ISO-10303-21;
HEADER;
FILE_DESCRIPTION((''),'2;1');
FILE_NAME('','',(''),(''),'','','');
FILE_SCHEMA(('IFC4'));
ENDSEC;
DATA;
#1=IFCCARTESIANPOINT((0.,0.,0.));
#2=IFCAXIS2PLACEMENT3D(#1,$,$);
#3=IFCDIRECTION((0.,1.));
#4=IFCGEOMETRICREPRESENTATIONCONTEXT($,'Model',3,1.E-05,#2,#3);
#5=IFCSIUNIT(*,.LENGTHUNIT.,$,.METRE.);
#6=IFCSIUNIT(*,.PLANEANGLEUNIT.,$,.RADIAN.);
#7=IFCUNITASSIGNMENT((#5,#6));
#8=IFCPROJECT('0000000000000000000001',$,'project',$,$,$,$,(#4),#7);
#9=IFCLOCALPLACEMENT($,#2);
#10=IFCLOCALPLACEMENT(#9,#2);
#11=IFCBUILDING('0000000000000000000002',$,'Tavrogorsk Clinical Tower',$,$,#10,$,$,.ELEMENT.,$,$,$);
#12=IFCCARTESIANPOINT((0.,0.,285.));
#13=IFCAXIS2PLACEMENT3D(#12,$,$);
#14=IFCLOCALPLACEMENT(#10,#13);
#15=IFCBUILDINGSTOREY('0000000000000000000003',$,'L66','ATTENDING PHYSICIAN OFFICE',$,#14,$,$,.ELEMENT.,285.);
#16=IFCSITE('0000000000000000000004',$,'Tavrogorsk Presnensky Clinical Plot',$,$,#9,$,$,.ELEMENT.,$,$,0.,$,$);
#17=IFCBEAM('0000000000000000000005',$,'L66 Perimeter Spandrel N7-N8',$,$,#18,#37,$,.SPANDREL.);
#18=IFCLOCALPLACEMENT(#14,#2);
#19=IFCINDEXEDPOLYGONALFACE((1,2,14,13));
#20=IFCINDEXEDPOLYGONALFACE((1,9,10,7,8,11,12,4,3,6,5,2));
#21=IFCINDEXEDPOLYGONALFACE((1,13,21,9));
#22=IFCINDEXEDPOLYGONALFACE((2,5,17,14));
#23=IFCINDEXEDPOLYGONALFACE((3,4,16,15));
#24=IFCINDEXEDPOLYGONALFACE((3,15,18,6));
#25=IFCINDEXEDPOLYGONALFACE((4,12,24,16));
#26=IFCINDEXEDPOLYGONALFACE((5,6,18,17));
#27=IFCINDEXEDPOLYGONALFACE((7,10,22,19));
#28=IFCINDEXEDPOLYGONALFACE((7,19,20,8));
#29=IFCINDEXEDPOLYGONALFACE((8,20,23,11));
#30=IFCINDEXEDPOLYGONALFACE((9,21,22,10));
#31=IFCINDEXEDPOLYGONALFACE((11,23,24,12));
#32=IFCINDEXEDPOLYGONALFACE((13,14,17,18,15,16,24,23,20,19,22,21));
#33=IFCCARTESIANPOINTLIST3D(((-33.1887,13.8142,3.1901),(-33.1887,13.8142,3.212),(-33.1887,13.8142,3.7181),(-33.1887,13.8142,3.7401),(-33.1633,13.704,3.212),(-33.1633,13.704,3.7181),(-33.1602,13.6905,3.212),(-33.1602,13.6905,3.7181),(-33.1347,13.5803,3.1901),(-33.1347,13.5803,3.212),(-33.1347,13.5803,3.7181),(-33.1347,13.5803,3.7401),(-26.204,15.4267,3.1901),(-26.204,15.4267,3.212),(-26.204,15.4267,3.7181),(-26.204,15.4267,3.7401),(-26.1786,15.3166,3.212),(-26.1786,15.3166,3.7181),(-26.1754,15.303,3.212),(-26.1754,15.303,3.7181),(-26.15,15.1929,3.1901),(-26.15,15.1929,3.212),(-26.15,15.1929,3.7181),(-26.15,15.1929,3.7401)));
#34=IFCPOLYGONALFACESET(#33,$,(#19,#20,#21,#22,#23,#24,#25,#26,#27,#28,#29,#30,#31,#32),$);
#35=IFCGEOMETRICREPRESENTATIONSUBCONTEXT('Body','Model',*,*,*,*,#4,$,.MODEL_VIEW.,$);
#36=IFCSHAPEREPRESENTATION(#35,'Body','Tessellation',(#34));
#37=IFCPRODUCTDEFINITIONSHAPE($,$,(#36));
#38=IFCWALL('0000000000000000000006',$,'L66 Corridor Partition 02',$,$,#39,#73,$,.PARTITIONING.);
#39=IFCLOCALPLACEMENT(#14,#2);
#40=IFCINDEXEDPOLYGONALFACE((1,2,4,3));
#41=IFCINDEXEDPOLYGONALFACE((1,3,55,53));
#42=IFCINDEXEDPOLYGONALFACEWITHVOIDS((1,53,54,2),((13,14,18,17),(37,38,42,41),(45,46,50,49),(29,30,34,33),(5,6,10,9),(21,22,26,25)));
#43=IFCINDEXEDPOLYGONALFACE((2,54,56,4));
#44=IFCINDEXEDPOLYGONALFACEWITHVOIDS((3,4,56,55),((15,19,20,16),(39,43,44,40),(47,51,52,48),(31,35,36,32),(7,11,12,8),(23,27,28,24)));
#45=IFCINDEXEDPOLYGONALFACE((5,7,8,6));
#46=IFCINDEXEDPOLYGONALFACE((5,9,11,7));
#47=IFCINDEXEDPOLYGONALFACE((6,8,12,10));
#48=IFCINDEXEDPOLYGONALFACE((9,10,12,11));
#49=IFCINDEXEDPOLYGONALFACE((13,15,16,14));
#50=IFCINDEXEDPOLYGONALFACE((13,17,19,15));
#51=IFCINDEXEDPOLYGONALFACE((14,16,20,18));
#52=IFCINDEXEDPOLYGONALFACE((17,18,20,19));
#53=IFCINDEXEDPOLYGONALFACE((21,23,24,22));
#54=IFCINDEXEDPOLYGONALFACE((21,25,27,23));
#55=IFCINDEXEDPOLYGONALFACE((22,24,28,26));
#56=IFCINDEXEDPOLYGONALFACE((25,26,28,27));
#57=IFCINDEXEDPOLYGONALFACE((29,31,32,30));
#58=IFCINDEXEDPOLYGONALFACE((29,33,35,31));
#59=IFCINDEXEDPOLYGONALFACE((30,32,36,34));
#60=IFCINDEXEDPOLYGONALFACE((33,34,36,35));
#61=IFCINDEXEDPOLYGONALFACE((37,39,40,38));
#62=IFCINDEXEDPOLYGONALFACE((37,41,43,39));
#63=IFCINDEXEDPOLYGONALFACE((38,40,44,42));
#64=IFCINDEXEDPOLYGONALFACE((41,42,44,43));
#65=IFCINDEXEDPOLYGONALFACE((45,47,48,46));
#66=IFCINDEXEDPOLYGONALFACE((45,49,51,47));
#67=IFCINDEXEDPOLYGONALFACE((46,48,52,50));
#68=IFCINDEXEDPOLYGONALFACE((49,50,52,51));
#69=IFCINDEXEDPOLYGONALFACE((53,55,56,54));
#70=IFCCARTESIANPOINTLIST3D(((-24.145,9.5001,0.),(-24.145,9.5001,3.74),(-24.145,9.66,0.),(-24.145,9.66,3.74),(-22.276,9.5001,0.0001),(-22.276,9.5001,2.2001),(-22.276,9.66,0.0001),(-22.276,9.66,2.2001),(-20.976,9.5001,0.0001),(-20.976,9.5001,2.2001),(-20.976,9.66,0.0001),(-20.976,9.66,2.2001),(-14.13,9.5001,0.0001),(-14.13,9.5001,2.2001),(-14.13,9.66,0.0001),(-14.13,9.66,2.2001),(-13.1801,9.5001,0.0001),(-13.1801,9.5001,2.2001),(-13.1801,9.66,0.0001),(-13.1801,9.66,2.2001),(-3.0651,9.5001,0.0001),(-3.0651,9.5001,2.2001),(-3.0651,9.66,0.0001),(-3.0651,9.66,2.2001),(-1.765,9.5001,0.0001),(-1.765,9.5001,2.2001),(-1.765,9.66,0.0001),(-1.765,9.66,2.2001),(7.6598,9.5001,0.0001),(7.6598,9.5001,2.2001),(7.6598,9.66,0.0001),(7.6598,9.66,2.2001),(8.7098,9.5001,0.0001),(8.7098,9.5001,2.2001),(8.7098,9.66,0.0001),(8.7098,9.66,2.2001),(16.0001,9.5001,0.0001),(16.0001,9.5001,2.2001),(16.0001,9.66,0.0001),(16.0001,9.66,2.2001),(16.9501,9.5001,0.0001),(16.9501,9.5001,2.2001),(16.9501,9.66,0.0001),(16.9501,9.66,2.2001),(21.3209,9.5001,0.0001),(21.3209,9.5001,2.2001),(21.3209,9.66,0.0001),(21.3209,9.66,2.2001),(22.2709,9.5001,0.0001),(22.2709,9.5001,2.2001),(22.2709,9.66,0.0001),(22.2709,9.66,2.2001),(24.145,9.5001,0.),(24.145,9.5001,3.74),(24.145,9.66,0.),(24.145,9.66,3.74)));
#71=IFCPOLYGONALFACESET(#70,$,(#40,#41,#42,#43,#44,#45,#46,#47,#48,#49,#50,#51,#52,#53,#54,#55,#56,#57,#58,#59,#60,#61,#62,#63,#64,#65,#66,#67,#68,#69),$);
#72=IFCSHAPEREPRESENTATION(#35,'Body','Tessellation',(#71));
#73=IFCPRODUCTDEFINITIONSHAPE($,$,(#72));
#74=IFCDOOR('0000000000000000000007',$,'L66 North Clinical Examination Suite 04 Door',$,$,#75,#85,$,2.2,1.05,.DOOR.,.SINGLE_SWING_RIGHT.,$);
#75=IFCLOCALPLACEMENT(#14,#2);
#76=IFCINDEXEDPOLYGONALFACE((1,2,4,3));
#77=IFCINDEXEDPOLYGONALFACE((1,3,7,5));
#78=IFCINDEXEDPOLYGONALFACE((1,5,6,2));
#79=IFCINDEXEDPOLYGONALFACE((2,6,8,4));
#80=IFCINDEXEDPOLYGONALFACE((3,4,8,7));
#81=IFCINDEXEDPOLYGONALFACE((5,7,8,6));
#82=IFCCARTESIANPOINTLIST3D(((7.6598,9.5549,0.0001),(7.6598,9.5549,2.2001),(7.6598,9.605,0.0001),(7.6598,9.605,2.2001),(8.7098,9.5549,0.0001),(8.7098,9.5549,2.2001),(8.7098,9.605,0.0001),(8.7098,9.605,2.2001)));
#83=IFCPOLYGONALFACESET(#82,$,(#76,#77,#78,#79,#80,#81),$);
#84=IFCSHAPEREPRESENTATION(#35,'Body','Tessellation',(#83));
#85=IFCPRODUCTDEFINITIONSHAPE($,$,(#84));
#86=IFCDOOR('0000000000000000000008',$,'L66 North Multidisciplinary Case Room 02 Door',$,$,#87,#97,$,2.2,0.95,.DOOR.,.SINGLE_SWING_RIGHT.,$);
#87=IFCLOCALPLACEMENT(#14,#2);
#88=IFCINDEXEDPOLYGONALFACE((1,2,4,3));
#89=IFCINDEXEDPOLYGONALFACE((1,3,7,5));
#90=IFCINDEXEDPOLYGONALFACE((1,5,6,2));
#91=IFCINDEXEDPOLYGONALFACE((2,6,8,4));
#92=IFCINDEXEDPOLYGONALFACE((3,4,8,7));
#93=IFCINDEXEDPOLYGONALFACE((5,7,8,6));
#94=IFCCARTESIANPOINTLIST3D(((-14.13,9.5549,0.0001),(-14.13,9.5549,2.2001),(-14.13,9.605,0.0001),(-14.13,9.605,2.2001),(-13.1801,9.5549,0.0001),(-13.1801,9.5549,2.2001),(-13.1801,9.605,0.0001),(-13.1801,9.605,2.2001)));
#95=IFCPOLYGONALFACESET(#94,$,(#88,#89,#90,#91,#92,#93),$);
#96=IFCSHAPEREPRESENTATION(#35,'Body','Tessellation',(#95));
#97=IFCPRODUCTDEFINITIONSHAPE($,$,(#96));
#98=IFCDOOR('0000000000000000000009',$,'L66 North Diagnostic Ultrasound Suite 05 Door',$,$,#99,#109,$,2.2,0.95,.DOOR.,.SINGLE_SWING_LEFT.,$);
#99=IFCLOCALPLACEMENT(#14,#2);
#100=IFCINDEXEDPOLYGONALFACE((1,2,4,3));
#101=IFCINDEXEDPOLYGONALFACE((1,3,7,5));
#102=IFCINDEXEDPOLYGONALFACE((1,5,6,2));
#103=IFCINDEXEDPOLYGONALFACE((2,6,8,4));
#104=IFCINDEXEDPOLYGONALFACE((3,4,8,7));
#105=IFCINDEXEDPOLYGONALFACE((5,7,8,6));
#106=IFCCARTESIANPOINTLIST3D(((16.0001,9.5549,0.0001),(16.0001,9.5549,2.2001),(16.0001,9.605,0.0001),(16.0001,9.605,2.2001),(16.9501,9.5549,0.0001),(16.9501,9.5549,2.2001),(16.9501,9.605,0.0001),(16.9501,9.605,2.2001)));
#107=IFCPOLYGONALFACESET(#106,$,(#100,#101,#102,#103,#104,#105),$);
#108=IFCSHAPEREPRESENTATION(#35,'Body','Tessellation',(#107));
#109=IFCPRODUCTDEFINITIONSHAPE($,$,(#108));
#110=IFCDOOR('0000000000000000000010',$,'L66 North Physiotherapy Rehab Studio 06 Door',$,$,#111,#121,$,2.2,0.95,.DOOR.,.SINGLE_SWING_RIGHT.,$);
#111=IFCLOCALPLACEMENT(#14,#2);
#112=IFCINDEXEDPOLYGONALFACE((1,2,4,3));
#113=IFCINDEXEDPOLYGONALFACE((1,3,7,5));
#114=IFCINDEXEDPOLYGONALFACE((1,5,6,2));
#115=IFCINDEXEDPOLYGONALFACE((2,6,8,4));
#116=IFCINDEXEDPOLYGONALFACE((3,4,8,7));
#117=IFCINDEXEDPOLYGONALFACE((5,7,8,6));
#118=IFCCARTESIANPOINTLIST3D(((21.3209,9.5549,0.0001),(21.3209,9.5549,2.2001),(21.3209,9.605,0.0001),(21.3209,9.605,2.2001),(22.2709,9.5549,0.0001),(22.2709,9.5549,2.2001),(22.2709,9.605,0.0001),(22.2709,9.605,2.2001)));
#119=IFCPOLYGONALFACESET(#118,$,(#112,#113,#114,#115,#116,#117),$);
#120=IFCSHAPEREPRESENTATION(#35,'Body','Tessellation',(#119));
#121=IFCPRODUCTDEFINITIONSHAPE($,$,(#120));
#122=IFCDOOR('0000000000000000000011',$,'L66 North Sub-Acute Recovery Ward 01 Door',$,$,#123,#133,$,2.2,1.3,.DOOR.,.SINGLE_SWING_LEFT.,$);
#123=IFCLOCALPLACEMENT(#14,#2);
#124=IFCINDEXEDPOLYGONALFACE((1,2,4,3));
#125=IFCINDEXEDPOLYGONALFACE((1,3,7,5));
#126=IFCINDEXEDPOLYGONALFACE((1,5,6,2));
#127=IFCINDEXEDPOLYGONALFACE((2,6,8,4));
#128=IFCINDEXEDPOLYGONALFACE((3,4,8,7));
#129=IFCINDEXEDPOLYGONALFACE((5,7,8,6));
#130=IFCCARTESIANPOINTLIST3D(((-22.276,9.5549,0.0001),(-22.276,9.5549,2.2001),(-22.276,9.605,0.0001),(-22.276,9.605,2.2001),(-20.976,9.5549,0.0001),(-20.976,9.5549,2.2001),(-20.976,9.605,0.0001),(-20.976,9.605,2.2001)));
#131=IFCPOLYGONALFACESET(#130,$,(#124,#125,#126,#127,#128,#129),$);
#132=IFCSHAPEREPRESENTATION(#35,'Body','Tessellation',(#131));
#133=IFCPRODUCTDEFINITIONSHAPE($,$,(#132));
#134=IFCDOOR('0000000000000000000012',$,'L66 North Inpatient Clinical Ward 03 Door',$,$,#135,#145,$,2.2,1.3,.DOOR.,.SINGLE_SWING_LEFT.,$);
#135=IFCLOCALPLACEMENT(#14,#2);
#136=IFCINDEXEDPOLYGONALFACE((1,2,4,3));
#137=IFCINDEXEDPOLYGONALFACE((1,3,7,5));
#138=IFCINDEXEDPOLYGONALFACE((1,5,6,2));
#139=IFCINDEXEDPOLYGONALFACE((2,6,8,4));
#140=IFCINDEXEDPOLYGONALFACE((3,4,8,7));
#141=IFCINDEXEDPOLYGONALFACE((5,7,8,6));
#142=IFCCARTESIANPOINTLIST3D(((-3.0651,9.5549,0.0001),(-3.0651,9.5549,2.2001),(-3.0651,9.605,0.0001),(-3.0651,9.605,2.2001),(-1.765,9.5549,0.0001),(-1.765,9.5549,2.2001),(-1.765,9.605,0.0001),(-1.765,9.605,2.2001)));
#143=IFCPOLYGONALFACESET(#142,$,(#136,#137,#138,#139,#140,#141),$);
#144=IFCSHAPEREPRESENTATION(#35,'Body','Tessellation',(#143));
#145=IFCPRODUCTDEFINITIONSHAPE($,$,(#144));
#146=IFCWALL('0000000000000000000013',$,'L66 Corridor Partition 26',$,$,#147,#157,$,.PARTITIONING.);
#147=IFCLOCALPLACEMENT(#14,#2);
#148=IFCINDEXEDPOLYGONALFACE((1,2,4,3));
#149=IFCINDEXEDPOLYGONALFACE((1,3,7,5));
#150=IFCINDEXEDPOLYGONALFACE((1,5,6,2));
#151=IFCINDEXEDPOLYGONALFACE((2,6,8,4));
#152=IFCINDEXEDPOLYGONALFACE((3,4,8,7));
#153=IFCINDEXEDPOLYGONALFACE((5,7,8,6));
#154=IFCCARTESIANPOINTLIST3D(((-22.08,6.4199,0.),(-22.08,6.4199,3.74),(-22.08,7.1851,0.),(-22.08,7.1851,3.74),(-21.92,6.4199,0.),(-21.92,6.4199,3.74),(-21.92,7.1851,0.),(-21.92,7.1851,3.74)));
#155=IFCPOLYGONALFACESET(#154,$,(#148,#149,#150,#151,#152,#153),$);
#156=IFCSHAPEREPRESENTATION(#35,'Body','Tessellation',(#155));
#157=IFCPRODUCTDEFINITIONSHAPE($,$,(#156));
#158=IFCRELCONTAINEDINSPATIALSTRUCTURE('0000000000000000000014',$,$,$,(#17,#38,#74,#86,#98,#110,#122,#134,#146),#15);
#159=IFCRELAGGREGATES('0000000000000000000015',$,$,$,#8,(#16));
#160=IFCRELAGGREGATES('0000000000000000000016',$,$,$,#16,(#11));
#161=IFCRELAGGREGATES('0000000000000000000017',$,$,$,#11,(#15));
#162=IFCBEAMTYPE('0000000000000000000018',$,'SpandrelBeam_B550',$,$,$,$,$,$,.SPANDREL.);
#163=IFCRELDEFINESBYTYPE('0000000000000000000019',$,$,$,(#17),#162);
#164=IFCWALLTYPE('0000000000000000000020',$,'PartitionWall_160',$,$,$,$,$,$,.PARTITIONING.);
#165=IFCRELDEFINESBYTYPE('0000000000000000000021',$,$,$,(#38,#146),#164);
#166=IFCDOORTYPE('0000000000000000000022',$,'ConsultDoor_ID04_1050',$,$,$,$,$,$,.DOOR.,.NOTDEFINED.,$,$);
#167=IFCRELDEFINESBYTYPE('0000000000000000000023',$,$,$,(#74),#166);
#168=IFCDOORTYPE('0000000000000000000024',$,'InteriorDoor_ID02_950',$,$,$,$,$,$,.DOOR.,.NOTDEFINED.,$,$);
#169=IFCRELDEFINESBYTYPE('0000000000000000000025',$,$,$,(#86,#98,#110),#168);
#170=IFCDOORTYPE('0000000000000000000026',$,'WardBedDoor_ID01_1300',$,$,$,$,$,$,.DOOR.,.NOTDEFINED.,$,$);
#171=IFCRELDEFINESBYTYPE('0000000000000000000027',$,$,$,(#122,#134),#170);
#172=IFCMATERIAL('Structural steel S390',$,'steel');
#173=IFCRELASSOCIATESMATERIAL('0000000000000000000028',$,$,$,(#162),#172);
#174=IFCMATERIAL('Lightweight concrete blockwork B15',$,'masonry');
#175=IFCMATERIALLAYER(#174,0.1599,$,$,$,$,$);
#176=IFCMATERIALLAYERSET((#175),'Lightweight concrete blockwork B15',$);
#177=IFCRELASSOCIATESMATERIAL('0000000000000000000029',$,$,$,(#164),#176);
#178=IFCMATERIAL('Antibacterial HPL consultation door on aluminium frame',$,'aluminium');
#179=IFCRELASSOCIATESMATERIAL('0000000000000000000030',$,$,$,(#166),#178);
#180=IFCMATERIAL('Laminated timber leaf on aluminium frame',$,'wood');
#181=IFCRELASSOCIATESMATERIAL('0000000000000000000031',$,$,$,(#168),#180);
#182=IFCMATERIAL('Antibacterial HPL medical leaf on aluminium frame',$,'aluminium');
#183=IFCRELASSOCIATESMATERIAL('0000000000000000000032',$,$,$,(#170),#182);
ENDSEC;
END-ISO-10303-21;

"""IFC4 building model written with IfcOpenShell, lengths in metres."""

from ifc_helpers import new_model, si_unit, direction, frame, frame_2d, origin, origin_2d, place, context, subcontext, project, spatial, rectangle, i_section, extrude, material, layer, layer_set, material_profile, profile_set, type_object, element, fill, save


model = new_model("IFC4")

# Units and contexts
model_context = context("Model", 3, precision=1e-05, world=origin(), true_north=direction((0.0, 1.0)))
body_context = subcontext(model_context, "Body", "Model", "MODEL_VIEW")
ifc_project = project(units=[si_unit("LENGTHUNIT", "METRE"), si_unit("PLANEANGLEUNIT", "RADIAN")], contexts=[model_context])

# Site, building, storey
site_placement = place(None, origin())
site = spatial("IfcSite", under=ifc_project, at=site_placement, Name="Tavrogorsk Presnensky Clinical Plot", CompositionType="ELEMENT", RefElevation=0.0)
building_placement = place(site_placement, origin())
building = spatial("IfcBuilding", under=site, at=building_placement, Name="Tavrogorsk Clinical Tower", CompositionType="ELEMENT")
storey_placement = place(building_placement, frame((0.0, 0.0, 285.0)))
storey = spatial("IfcBuildingStorey", under=building, at=storey_placement, Name="L66", Description="ATTENDING PHYSICIAN OFFICE", CompositionType="ELEMENT", Elevation=285.0)

# Beam
ifc_material_1 = material(Name="Structural steel S390", Category="steel")
ifc_material_profile_1 = material_profile(ifc_material_1, i_section(OverallWidth=0.24, OverallDepth=0.55, WebThickness=0.0139, FlangeThickness=0.022, at=origin_2d()), Name="B-550x240x14x22")
ifc_profile_set_1 = profile_set([ifc_material_profile_1], Name="Structural steel S390")
beam_type_1 = type_object("IfcBeamType", Name="SpandrelBeam_B550", PredefinedType="SPANDREL", material=ifc_profile_set_1)
beam_1_placement = place(storey_placement, frame((-26.177, 15.3098, 3.4651), z_axis=(-0.974369, -0.224954, 0.0), x_axis=(0.224954, -0.974369, 0.0)))
element("IfcBeam", 1, at=beam_1_placement, inside=storey, type_object=beam_type_1, Name="L66 Perimeter Spandrel N7-N8", PredefinedType="SPANDREL", context=body_context, shape_type="SweptSolid", body=[
    extrude(i_section(OverallWidth=0.24, OverallDepth=0.55, WebThickness=0.0139, FlangeThickness=0.022, at=origin_2d()), origin(), (0.0, 0.0, 1.0), 7.1685),
])

# Wall, openings, doors
ifc_material_2 = material(Name="Lightweight concrete blockwork B15", Category="masonry")
ifc_layer_1 = layer(ifc_material_2, 0.1599)
ifc_layer_set_1 = layer_set([ifc_layer_1], Name="Lightweight concrete blockwork B15")
wall_type_1 = type_object("IfcWallType", Name="PartitionWall_160", PredefinedType="PARTITIONING", material=ifc_layer_set_1)
wall_1_placement = place(storey_placement, frame((-24.145, 9.5801, 0.0), z_axis=(0.0, 0.0, 1.0), x_axis=(1.0, 0.0, 0.0)))
wall_1 = element("IfcWall", 2, at=wall_1_placement, inside=storey, type_object=wall_type_1, Name="L66 Corridor Partition 02", PredefinedType="PARTITIONING", context=body_context, shape_type="SweptSolid", body=[
    extrude(rectangle(XDim=48.29, YDim=0.1599, at=frame_2d((24.145, 0.0))), origin(), (0.0, 0.0, 1.0), 3.74),
])
opening_1_placement = place(wall_1_placement, frame((1.8691, 0.0, 0.0)))
opening_1 = element("IfcOpeningElement", 3, at=opening_1_placement, cuts=wall_1, PredefinedType="OPENING", context=body_context, shape_type="SweptSolid", body=[
    extrude(rectangle(XDim=1.3, YDim=2.2, at=frame_2d((0.6499, 1.1001))), frame((0.0, 0.0898, 0.0), z_axis=(0.0, -1.0, 0.0), x_axis=(1.0, 0.0, 0.0)), (0.0, 0.0, 1.0), 0.1799),
])
opening_2_placement = place(wall_1_placement, frame((10.0149, 0.0, 0.0)))
opening_2 = element("IfcOpeningElement", 4, at=opening_2_placement, cuts=wall_1, PredefinedType="OPENING", context=body_context, shape_type="SweptSolid", body=[
    extrude(rectangle(XDim=0.95, YDim=2.2, at=frame_2d((0.4751, 1.1001))), frame((0.0, 0.0898, 0.0), z_axis=(0.0, -1.0, 0.0), x_axis=(1.0, 0.0, 0.0)), (0.0, 0.0, 1.0), 0.1799),
])
opening_3_placement = place(wall_1_placement, frame((21.0801, 0.0, 0.0)))
opening_3 = element("IfcOpeningElement", 5, at=opening_3_placement, cuts=wall_1, PredefinedType="OPENING", context=body_context, shape_type="SweptSolid", body=[
    extrude(rectangle(XDim=1.3, YDim=2.2, at=frame_2d((0.6499, 1.1001))), frame((0.0, 0.0898, 0.0), z_axis=(0.0, -1.0, 0.0), x_axis=(1.0, 0.0, 0.0)), (0.0, 0.0, 1.0), 0.1799),
])
opening_4_placement = place(wall_1_placement, frame((31.8049, 0.0, 0.0)))
opening_4 = element("IfcOpeningElement", 6, at=opening_4_placement, cuts=wall_1, PredefinedType="OPENING", context=body_context, shape_type="SweptSolid", body=[
    extrude(rectangle(XDim=1.05, YDim=2.2, at=frame_2d((0.5249, 1.1001))), frame((0.0, 0.0898, 0.0), z_axis=(0.0, -1.0, 0.0), x_axis=(1.0, 0.0, 0.0)), (0.0, 0.0, 1.0), 0.1799),
])
opening_5_placement = place(wall_1_placement, frame((40.145, 0.0, 0.0)))
opening_5 = element("IfcOpeningElement", 7, at=opening_5_placement, cuts=wall_1, PredefinedType="OPENING", context=body_context, shape_type="SweptSolid", body=[
    extrude(rectangle(XDim=0.95, YDim=2.2, at=frame_2d((0.4751, 1.1001))), frame((0.0, 0.0898, 0.0), z_axis=(0.0, -1.0, 0.0), x_axis=(1.0, 0.0, 0.0)), (0.0, 0.0, 1.0), 0.1799),
])
opening_6_placement = place(wall_1_placement, frame((45.4658, 0.0, 0.0)))
opening_6 = element("IfcOpeningElement", 8, at=opening_6_placement, cuts=wall_1, PredefinedType="OPENING", context=body_context, shape_type="SweptSolid", body=[
    extrude(rectangle(XDim=0.95, YDim=2.2, at=frame_2d((0.4751, 1.1001))), frame((0.0, 0.0898, 0.0), z_axis=(0.0, -1.0, 0.0), x_axis=(1.0, 0.0, 0.0)), (0.0, 0.0, 1.0), 0.1799),
])
ifc_material_3 = material(Name="Antibacterial HPL consultation door on aluminium frame", Category="aluminium")
door_type_1 = type_object("IfcDoorType", Name="ConsultDoor_ID04_1050", OperationType="NOTDEFINED", PredefinedType="DOOR", material=ifc_material_3)
door_1_placement = place(opening_4_placement, origin())
door_1 = element("IfcDoor", 9, at=door_1_placement, inside=storey, type_object=door_type_1, Name="L66 North Clinical Examination Suite 04 Door", OperationType="SINGLE_SWING_RIGHT", OverallHeight=2.2, OverallWidth=1.05, PredefinedType="DOOR", context=body_context, shape_type="SweptSolid", body=[
    extrude(rectangle(XDim=1.05, YDim=2.2, at=frame_2d((0.5249, 1.1001))), frame((0.0, 0.0249, 0.0), z_axis=(0.0, -1.0, 0.0), x_axis=(1.0, 0.0, 0.0)), (0.0, 0.0, 1.0), 0.05),
])
fill(opening_4, door_1)
ifc_material_4 = material(Name="Laminated timber leaf on aluminium frame", Category="wood")
door_type_2 = type_object("IfcDoorType", Name="InteriorDoor_ID02_950", OperationType="NOTDEFINED", PredefinedType="DOOR", material=ifc_material_4)
door_2_placement = place(opening_2_placement, origin())
door_2 = element("IfcDoor", 10, at=door_2_placement, inside=storey, type_object=door_type_2, Name="L66 North Multidisciplinary Case Room 02 Door", OperationType="SINGLE_SWING_RIGHT", OverallHeight=2.2, OverallWidth=0.95, PredefinedType="DOOR", context=body_context, shape_type="SweptSolid", body=[
    extrude(rectangle(XDim=0.95, YDim=2.2, at=frame_2d((0.4751, 1.1001))), frame((0.0, 0.0249, 0.0), z_axis=(0.0, -1.0, 0.0), x_axis=(1.0, 0.0, 0.0)), (0.0, 0.0, 1.0), 0.05),
])
fill(opening_2, door_2)
door_3_placement = place(opening_5_placement, origin())
door_3 = element("IfcDoor", 11, at=door_3_placement, inside=storey, type_object=door_type_2, Name="L66 North Diagnostic Ultrasound Suite 05 Door", OperationType="SINGLE_SWING_LEFT", OverallHeight=2.2, OverallWidth=0.95, PredefinedType="DOOR", context=body_context, shape_type="SweptSolid", body=[
    extrude(rectangle(XDim=0.95, YDim=2.2, at=frame_2d((0.4751, 1.1001))), frame((0.0, 0.0249, 0.0), z_axis=(0.0, -1.0, 0.0), x_axis=(1.0, 0.0, 0.0)), (0.0, 0.0, 1.0), 0.05),
])
fill(opening_5, door_3)
door_4_placement = place(opening_6_placement, origin())
door_4 = element("IfcDoor", 12, at=door_4_placement, inside=storey, type_object=door_type_2, Name="L66 North Physiotherapy Rehab Studio 06 Door", OperationType="SINGLE_SWING_RIGHT", OverallHeight=2.2, OverallWidth=0.95, PredefinedType="DOOR", context=body_context, shape_type="SweptSolid", body=[
    extrude(rectangle(XDim=0.95, YDim=2.2, at=frame_2d((0.4751, 1.1001))), frame((0.0, 0.0249, 0.0), z_axis=(0.0, -1.0, 0.0), x_axis=(1.0, 0.0, 0.0)), (0.0, 0.0, 1.0), 0.05),
])
fill(opening_6, door_4)
ifc_material_5 = material(Name="Antibacterial HPL medical leaf on aluminium frame", Category="aluminium")
door_type_3 = type_object("IfcDoorType", Name="WardBedDoor_ID01_1300", OperationType="NOTDEFINED", PredefinedType="DOOR", material=ifc_material_5)
door_5_placement = place(opening_1_placement, origin())
door_5 = element("IfcDoor", 13, at=door_5_placement, inside=storey, type_object=door_type_3, Name="L66 North Sub-Acute Recovery Ward 01 Door", OperationType="SINGLE_SWING_LEFT", OverallHeight=2.2, OverallWidth=1.3, PredefinedType="DOOR", context=body_context, shape_type="SweptSolid", body=[
    extrude(rectangle(XDim=1.3, YDim=2.2, at=frame_2d((0.6499, 1.1001))), frame((0.0, 0.0249, 0.0), z_axis=(0.0, -1.0, 0.0), x_axis=(1.0, 0.0, 0.0)), (0.0, 0.0, 1.0), 0.05),
])
fill(opening_1, door_5)
door_6_placement = place(opening_3_placement, origin())
door_6 = element("IfcDoor", 14, at=door_6_placement, inside=storey, type_object=door_type_3, Name="L66 North Inpatient Clinical Ward 03 Door", OperationType="SINGLE_SWING_LEFT", OverallHeight=2.2, OverallWidth=1.3, PredefinedType="DOOR", context=body_context, shape_type="SweptSolid", body=[
    extrude(rectangle(XDim=1.3, YDim=2.2, at=frame_2d((0.6499, 1.1001))), frame((0.0, 0.0249, 0.0), z_axis=(0.0, -1.0, 0.0), x_axis=(1.0, 0.0, 0.0)), (0.0, 0.0, 1.0), 0.05),
])
fill(opening_3, door_6)

# Wall
wall_2_placement = place(storey_placement, frame((-22.0, 7.1851, 0.0), z_axis=(0.0, 0.0, 1.0), x_axis=(0.0, -1.0, 0.0)))
element("IfcWall", 15, at=wall_2_placement, inside=storey, type_object=wall_type_1, Name="L66 Corridor Partition 26", PredefinedType="PARTITIONING", context=body_context, shape_type="SweptSolid", body=[
    extrude(rectangle(XDim=0.7651, YDim=0.1599, at=frame_2d((0.3826, 0.0))), origin(), (0.0, 0.0, 1.0), 3.74),
])

save(model, "model.ifc")
